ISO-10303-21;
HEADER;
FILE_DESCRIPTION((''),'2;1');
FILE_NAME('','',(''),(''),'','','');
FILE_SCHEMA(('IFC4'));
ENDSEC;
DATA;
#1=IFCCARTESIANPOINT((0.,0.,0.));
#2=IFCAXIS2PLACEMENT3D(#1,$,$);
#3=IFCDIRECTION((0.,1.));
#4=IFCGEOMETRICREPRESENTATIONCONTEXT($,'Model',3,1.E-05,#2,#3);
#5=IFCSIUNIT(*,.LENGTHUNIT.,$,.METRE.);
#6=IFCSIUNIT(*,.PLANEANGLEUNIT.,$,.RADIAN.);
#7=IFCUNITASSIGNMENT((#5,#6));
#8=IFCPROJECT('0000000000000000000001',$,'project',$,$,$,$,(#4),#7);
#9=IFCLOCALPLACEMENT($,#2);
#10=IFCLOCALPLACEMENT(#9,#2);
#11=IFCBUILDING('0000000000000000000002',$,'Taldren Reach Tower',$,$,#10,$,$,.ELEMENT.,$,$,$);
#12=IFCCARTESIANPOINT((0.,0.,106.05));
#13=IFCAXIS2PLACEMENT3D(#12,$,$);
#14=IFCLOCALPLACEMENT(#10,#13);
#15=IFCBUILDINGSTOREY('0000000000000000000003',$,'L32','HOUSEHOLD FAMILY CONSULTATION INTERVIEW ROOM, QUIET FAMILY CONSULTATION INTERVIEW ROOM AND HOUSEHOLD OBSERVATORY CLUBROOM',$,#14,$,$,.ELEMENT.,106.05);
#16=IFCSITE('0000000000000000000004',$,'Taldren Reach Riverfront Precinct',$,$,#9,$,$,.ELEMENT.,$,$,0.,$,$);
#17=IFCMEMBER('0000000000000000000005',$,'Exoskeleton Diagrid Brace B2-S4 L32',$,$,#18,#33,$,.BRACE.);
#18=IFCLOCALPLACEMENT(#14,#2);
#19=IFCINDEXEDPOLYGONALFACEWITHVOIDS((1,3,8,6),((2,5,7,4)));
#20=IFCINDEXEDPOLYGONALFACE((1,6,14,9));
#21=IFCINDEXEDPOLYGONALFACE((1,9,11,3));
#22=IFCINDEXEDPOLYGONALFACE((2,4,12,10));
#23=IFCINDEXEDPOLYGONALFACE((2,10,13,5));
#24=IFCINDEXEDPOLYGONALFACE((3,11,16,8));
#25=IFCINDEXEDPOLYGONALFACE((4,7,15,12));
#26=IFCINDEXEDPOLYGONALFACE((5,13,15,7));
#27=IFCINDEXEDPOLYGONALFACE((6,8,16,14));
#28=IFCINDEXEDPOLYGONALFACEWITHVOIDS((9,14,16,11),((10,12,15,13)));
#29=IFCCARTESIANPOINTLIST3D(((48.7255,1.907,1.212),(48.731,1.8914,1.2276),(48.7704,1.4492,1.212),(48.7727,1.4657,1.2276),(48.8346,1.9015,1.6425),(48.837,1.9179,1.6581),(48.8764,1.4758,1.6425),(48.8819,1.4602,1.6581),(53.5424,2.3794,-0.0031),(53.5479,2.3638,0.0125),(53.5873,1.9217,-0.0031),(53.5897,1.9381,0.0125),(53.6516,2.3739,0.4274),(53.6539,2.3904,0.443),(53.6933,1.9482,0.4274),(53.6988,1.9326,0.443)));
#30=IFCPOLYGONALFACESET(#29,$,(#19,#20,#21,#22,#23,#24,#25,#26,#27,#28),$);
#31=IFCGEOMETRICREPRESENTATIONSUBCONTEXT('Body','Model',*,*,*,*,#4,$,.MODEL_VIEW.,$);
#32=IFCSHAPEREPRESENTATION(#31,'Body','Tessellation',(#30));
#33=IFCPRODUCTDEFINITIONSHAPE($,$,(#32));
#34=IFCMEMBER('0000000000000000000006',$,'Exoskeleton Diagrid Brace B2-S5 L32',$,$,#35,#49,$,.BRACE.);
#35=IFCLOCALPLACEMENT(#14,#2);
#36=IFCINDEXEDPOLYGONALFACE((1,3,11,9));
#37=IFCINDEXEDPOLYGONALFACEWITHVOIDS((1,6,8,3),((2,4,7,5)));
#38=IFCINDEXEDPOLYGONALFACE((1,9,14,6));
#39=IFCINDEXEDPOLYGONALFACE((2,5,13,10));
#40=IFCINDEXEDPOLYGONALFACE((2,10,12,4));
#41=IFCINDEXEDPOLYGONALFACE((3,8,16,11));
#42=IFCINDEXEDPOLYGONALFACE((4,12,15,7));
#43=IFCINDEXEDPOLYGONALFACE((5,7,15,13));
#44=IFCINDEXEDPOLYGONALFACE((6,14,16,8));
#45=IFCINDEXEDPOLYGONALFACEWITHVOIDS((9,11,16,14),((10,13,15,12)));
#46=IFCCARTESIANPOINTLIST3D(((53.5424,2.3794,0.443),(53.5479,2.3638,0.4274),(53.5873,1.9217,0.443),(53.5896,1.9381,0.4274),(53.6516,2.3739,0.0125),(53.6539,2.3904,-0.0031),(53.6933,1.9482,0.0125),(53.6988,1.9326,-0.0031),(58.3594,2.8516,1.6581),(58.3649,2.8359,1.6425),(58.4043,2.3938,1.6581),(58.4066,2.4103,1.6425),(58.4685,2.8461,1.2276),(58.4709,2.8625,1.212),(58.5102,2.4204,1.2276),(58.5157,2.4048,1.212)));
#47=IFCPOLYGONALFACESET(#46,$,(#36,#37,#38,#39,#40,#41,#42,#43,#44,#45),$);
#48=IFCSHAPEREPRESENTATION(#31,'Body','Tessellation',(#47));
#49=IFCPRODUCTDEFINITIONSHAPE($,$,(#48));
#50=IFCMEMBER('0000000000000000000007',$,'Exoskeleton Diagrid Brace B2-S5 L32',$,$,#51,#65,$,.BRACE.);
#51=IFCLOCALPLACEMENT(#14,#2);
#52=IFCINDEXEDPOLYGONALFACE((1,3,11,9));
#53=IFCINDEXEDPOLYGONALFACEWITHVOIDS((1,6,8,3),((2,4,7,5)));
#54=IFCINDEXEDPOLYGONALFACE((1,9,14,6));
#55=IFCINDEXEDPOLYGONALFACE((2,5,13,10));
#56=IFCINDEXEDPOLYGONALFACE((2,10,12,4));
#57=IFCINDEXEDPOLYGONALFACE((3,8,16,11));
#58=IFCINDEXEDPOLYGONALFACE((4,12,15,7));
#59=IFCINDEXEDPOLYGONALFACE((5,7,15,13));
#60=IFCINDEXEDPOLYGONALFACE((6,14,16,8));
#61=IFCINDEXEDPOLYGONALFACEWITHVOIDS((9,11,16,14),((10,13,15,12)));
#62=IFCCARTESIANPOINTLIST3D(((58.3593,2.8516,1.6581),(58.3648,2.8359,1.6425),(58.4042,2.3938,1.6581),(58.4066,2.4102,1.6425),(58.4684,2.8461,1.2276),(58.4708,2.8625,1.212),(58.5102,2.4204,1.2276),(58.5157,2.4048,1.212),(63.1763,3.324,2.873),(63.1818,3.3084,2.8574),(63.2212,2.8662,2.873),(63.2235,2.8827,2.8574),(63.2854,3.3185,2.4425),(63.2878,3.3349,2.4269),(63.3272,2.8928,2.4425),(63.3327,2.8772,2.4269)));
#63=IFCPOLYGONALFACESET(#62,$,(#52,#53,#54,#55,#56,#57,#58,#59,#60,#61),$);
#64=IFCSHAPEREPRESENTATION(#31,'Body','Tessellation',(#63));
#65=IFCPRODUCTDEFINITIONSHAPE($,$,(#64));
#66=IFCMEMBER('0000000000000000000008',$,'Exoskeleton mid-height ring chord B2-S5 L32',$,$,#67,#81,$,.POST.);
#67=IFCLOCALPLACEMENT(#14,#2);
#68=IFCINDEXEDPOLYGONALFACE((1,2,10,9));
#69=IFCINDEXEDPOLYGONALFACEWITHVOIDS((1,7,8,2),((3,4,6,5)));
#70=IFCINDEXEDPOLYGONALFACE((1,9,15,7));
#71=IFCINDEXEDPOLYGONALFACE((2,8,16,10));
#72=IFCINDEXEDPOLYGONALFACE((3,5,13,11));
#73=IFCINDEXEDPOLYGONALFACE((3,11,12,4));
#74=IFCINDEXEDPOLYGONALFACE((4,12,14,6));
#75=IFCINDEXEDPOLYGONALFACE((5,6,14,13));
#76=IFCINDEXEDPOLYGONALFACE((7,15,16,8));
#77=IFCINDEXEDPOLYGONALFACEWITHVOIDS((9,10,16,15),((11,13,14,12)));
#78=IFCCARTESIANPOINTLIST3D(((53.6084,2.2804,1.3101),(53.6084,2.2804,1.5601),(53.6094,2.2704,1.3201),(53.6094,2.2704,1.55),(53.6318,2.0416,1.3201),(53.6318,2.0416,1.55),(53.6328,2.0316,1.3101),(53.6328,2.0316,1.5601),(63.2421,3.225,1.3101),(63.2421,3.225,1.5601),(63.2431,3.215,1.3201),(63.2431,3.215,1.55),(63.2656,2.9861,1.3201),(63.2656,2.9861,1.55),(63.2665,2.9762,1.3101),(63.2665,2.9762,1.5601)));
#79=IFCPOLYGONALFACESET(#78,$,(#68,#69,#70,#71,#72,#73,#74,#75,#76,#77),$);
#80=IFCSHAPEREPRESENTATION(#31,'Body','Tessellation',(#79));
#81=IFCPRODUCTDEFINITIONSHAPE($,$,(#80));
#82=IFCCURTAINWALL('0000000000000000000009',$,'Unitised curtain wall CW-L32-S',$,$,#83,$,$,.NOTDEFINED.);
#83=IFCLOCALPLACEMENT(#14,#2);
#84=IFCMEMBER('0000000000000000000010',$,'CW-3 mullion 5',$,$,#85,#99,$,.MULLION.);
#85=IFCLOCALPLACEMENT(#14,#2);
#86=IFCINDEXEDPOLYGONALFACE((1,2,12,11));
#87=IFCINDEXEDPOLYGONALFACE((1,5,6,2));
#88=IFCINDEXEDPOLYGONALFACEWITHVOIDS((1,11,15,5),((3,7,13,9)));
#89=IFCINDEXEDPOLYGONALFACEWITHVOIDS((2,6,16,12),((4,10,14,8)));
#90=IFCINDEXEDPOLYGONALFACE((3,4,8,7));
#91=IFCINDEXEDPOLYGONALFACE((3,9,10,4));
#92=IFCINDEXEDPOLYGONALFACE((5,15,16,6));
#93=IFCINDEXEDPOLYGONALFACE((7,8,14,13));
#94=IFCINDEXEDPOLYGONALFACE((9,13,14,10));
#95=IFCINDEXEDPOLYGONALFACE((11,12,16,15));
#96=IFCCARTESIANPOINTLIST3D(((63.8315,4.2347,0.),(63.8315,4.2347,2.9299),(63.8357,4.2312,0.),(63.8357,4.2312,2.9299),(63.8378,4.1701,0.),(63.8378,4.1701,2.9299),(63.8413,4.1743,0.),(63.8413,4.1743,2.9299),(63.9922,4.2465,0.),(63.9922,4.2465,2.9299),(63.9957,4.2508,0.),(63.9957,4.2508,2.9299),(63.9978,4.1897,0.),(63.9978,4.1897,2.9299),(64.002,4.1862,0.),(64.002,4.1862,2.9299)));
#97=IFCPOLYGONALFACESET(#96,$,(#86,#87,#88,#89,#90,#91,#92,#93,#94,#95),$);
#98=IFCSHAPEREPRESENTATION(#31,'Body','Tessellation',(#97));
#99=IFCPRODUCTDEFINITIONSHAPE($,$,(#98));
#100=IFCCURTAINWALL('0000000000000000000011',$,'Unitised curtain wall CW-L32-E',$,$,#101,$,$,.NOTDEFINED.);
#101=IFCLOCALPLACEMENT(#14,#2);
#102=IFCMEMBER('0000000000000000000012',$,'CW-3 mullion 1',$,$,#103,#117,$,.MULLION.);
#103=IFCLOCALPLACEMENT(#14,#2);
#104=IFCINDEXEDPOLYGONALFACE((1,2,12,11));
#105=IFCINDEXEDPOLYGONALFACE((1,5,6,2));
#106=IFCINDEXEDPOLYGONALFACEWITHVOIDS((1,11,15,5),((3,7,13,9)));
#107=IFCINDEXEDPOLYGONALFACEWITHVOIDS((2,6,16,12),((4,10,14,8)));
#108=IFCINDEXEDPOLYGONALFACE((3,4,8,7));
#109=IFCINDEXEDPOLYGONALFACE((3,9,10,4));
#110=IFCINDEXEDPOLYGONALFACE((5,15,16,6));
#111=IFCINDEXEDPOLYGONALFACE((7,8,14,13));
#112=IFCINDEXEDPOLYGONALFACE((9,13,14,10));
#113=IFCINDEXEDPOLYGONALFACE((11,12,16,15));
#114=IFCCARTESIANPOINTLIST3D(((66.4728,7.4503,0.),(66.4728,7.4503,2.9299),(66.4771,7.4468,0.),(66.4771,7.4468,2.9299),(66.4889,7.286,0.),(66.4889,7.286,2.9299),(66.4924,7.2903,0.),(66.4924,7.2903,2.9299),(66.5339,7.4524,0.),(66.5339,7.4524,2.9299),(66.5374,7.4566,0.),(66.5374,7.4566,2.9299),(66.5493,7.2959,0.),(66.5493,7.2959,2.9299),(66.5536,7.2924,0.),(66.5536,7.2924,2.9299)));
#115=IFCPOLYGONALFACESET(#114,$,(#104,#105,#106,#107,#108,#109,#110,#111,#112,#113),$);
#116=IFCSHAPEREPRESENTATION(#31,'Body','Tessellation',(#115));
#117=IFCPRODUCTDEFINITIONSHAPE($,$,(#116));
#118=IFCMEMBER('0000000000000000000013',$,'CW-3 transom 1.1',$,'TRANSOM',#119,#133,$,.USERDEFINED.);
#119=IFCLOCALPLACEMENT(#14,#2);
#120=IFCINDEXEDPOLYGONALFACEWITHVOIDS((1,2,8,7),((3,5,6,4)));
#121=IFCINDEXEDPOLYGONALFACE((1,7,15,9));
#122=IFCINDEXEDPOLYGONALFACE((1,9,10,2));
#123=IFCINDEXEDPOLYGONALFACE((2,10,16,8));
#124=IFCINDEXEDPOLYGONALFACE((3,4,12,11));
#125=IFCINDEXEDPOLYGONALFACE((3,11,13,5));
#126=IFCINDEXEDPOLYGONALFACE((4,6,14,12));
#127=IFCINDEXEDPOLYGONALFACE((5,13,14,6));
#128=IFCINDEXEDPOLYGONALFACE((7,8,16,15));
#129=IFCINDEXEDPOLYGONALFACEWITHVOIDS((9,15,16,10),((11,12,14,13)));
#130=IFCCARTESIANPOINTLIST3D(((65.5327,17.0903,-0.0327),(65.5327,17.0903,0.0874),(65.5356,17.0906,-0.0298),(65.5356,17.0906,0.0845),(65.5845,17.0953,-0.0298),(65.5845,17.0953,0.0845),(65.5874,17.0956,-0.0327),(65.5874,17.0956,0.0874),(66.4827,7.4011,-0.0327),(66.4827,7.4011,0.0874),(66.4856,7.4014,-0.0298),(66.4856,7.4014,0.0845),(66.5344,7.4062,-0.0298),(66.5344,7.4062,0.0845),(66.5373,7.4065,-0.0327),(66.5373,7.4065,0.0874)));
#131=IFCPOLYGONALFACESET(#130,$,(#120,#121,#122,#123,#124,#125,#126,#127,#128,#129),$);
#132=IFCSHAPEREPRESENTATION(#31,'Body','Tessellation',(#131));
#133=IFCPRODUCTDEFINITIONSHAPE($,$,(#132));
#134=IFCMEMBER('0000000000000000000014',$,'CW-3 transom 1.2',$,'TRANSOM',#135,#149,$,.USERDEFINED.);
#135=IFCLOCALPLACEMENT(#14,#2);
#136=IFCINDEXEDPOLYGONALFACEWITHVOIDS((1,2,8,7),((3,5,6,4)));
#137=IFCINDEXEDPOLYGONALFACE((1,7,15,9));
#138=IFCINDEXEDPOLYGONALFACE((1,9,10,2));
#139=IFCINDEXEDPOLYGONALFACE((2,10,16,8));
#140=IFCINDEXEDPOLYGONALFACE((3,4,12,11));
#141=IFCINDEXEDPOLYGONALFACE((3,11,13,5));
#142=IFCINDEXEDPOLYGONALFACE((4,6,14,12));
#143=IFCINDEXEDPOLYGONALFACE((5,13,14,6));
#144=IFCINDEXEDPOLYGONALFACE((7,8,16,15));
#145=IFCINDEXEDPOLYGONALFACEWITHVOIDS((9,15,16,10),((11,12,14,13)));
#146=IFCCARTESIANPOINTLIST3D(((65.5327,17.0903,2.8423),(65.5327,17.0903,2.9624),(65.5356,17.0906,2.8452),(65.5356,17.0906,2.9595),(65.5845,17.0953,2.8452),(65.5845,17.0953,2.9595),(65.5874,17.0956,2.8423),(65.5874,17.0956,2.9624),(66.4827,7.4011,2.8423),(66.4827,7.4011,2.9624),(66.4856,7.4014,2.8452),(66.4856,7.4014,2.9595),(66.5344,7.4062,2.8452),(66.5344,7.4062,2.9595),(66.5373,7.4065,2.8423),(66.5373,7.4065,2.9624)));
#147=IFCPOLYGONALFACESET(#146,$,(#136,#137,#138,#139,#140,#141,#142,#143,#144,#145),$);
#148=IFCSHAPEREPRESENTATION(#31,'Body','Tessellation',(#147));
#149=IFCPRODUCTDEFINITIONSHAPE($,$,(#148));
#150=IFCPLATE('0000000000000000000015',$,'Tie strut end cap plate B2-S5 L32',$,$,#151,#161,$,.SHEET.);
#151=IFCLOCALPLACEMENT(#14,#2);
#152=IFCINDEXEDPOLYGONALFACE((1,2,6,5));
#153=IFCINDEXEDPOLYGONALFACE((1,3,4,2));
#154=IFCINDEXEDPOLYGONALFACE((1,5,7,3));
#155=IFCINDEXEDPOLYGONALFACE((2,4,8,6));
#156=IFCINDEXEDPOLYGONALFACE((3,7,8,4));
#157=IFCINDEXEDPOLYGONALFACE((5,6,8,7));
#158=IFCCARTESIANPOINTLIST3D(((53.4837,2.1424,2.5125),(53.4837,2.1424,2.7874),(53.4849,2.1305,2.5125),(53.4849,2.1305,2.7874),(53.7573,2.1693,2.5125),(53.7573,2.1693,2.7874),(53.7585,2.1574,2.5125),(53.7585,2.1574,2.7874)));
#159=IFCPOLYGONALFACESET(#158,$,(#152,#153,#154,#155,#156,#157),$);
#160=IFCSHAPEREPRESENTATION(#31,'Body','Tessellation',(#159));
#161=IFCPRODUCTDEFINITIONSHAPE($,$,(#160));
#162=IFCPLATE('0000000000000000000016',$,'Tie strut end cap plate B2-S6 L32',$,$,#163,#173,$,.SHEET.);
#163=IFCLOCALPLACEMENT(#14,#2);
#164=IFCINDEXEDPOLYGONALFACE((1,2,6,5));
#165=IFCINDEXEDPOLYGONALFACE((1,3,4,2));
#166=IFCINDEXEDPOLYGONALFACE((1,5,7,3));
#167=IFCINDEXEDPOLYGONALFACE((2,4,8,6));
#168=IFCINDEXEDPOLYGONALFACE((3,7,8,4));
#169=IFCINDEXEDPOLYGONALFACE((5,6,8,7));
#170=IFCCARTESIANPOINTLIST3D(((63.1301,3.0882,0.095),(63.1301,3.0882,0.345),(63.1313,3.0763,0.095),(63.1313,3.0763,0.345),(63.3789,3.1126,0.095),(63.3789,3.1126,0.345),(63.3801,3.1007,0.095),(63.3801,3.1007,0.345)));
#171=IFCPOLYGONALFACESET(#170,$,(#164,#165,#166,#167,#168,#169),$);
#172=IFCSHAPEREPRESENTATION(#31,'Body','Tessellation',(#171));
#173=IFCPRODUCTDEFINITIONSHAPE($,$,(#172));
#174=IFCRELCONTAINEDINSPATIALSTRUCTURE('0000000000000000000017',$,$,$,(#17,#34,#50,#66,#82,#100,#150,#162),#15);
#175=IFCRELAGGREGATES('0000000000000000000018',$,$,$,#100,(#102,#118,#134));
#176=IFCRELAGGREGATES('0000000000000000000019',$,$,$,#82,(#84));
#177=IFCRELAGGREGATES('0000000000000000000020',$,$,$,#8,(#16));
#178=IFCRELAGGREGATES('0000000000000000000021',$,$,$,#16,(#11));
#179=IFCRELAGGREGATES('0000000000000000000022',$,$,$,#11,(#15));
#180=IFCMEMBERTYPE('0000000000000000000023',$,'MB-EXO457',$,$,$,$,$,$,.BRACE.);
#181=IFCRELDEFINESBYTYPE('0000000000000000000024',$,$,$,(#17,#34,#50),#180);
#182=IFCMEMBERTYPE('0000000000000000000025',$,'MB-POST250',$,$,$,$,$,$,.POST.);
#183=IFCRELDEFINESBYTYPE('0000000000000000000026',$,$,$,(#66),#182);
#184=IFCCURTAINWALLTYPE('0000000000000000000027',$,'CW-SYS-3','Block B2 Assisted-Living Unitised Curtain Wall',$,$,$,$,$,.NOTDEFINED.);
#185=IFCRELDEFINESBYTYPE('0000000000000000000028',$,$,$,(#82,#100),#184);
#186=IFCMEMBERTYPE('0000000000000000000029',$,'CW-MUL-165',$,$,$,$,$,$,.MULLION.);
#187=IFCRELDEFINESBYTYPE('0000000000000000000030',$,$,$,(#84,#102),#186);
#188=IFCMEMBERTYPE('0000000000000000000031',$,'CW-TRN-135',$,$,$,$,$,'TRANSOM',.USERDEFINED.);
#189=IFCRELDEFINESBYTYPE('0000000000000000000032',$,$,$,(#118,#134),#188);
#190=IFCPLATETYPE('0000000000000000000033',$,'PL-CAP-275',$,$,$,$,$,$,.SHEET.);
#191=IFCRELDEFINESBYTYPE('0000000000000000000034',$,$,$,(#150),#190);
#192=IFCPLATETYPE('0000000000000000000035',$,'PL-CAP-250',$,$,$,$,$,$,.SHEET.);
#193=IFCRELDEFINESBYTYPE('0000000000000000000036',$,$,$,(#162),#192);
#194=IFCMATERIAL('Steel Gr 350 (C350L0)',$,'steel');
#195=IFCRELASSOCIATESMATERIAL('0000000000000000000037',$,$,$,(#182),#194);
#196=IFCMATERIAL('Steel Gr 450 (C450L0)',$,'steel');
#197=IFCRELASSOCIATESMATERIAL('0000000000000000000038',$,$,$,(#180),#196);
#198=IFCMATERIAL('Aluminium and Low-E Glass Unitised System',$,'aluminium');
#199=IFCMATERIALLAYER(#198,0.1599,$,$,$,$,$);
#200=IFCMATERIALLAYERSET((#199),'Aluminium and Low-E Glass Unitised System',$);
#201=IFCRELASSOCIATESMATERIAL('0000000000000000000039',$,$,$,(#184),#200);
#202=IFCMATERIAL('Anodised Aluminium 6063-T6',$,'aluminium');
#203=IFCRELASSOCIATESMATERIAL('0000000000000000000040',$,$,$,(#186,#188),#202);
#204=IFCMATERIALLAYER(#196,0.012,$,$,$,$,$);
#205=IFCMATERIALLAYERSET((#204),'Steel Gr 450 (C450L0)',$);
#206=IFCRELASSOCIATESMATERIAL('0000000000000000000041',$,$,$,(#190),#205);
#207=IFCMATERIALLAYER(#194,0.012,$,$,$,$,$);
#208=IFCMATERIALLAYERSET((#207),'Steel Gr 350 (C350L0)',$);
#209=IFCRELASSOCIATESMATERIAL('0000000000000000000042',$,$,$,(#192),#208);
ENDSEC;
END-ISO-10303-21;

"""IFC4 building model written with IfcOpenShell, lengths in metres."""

from ifc_helpers import new_model, si_unit, direction, frame, origin, origin_2d, place, context, subcontext, project, spatial, rectangle, hollow_rectangle, extrude, source, transform, mapped, material, layer, layer_set, material_profile, profile_set, type_object, element, aggregate, save


model = new_model("IFC4")

# Units and contexts
model_context = context("Model", 3, precision=1e-05, world=origin(), true_north=direction((0.0, 1.0)))
body_context = subcontext(model_context, "Body", "Model", "MODEL_VIEW")
ifc_project = project(units=[si_unit("LENGTHUNIT", "METRE"), si_unit("PLANEANGLEUNIT", "RADIAN")], contexts=[model_context])

# Site, building, storey
site_placement = place(None, origin())
site = spatial("IfcSite", under=ifc_project, at=site_placement, Name="Taldren Reach Riverfront Precinct", CompositionType="ELEMENT", RefElevation=0.0)
building_placement = place(site_placement, origin())
building = spatial("IfcBuilding", under=site, at=building_placement, Name="Taldren Reach Tower", CompositionType="ELEMENT")
storey_placement = place(building_placement, frame((0.0, 0.0, 106.05)))
storey = spatial("IfcBuildingStorey", under=building, at=storey_placement, Name="L32", Description="HOUSEHOLD FAMILY CONSULTATION INTERVIEW ROOM, QUIET FAMILY CONSULTATION INTERVIEW ROOM AND HOUSEHOLD OBSERVATORY CLUBROOM", CompositionType="ELEMENT", Elevation=106.05)

# Shared definitions
ifc_material_1 = material(Name="Steel Gr 450 (C450L0)", Category="steel")
ifc_material_2 = material(Name="Steel Gr 350 (C350L0)", Category="steel")
ifc_material_profile_1 = material_profile(ifc_material_2, hollow_rectangle(XDim=0.25, YDim=0.25, WallThickness=0.01, at=origin_2d()), Name="250x250x10.0SHS")
ifc_profile_set_1 = profile_set([ifc_material_profile_1], Name="Steel Gr 350 (C350L0)")
member_type_1 = type_object("IfcMemberType", Name="MB-POST250", PredefinedType="POST", material=ifc_profile_set_1)

# Members
ifc_material_profile_2 = material_profile(ifc_material_1, hollow_rectangle(XDim=0.46, YDim=0.46, WallThickness=0.0161, at=origin_2d()), Name="460x460x16.0SHS")
ifc_profile_set_2 = profile_set([ifc_material_profile_2], Name="Steel Gr 450 (C450L0)")
member_type_2 = type_object("IfcMemberType", Name="MB-EXO457", PredefinedType="BRACE", material=ifc_profile_set_2)
shared_shape_1 = source(origin(), body_context, "Body", "SweptSolid", [
    extrude(hollow_rectangle(XDim=0.46, YDim=0.46, WallThickness=0.0161, at=origin_2d()), origin(), (0.0, 0.0, 1.0), 4.9902),
])
for number, where, z_axis, x_axis, name in (
    (1, (53.6206, 2.156, 0.22), (-0.965271, -0.094668, 0.243495), (0.097606, -0.995225, 0.0), "Exoskeleton Diagrid Brace B2-S4 L32"),
    (2, (53.6206, 2.156, 0.22), (0.965276, 0.09462, 0.243496), (-0.097556, 0.99523, 0.0), "Exoskeleton Diagrid Brace B2-S5 L32"),
    (3, (58.4375, 2.6282, 1.4351), (0.965283, 0.094669, 0.243449), (-0.097606, 0.995225, 0.0), "Exoskeleton Diagrid Brace B2-S5 L32"),
):
    element("IfcMember", number, at=place(storey_placement, frame(where, z_axis=z_axis, x_axis=x_axis)), inside=storey, type_object=member_type_2, Name=name, PredefinedType="BRACE", context=body_context, shape_type="MappedRepresentation", body=[
        mapped(shared_shape_1, transform((0.0, 0.0, 0.0), scale=1.0)),
    ])
shared_shape_2 = source(origin(), body_context, "Body", "SweptSolid", [
    extrude(hollow_rectangle(XDim=0.25, YDim=0.25, WallThickness=0.01, at=origin_2d()), origin(), (0.0, 0.0, 1.0), 9.6799),
])
member_1_placement = place(storey_placement, frame((53.6206, 2.156, 1.4351), z_axis=(0.995228, 0.097581, 0.0), x_axis=(-0.097581, 0.995228, 0.0)))
element("IfcMember", 4, at=member_1_placement, inside=storey, type_object=member_type_1, Name="Exoskeleton mid-height ring chord B2-S5 L32", PredefinedType="POST", context=body_context, shape_type="MappedRepresentation", body=[
    mapped(shared_shape_2, transform((0.0, 0.0, 0.0), scale=1.0)),
])

# Curtain wall, member
ifc_material_3 = material(Name="Aluminium and Low-E Glass Unitised System", Category="aluminium")
ifc_layer_1 = layer(ifc_material_3, 0.1599)
ifc_layer_set_1 = layer_set([ifc_layer_1], Name="Aluminium and Low-E Glass Unitised System")
curtain_wall_type = type_object("IfcCurtainWallType", Name="CW-SYS-3", Description="Block B2 Assisted-Living Unitised Curtain Wall", PredefinedType="NOTDEFINED", material=ifc_layer_set_1)
curtain_wall_1_placement = place(storey_placement, origin())
curtain_wall_1 = element("IfcCurtainWall", 5, at=curtain_wall_1_placement, inside=storey, type_object=curtain_wall_type, Name="Unitised curtain wall CW-L32-S", PredefinedType="NOTDEFINED")
ifc_material_4 = material(Name="Anodised Aluminium 6063-T6", Category="aluminium")
ifc_material_profile_3 = material_profile(ifc_material_4, hollow_rectangle(XDim=0.0649, YDim=0.165, WallThickness=0.0039, at=origin_2d()), Name="ALU-165x65x4RHS")
ifc_profile_set_3 = profile_set([ifc_material_profile_3], Name="Anodised Aluminium 6063-T6")
member_type_3 = type_object("IfcMemberType", Name="CW-MUL-165", PredefinedType="MULLION", material=ifc_profile_set_3)
shared_shape_3 = source(origin(), body_context, "Body", "SweptSolid", [
    extrude(hollow_rectangle(XDim=0.0649, YDim=0.165, WallThickness=0.0039, at=origin_2d()), origin(), (0.0, 0.0, 1.0), 2.9299),
])
member_2_placement = place(storey_placement, frame((63.9167, 4.2104, 0.0), z_axis=(0.0, 0.0, 1.0), x_axis=(-0.097583, 0.995227, 0.0)))
member_2 = element("IfcMember", 6, at=member_2_placement, type_object=member_type_3, Name="CW-3 mullion 5", PredefinedType="MULLION", context=body_context, shape_type="MappedRepresentation", body=[
    mapped(shared_shape_3, transform((0.0, 0.0, 0.0), scale=1.0)),
])

# Curtain wall, members
curtain_wall_2_placement = place(storey_placement, origin())
curtain_wall_2 = element("IfcCurtainWall", 7, at=curtain_wall_2_placement, inside=storey, type_object=curtain_wall_type, Name="Unitised curtain wall CW-L32-E", PredefinedType="NOTDEFINED")
member_3_placement = place(storey_placement, frame((66.5132, 7.3713, 0.0), z_axis=(0.0, 0.0, 1.0), x_axis=(-0.995227, -0.097583, 0.0)))
member_3 = element("IfcMember", 8, at=member_3_placement, type_object=member_type_3, Name="CW-3 mullion 1", PredefinedType="MULLION", context=body_context, shape_type="MappedRepresentation", body=[
    mapped(shared_shape_3, transform((0.0, 0.0, 0.0), scale=1.0)),
])
ifc_material_profile_4 = material_profile(ifc_material_4, hollow_rectangle(XDim=0.0549, YDim=0.1201, WallThickness=0.0029, at=origin_2d()), Name="ALU-120x55x3RHS")
ifc_profile_set_4 = profile_set([ifc_material_profile_4], Name="Anodised Aluminium 6063-T6")
member_type_4 = type_object("IfcMemberType", Name="CW-TRN-135", ElementType="TRANSOM", PredefinedType="USERDEFINED", material=ifc_profile_set_4)
shared_shape_4 = source(origin(), body_context, "Body", "SweptSolid", [
    extrude(hollow_rectangle(XDim=0.0549, YDim=0.1201, WallThickness=0.0029, at=origin_2d()), origin(), (0.0, 0.0, 1.0), 9.7356),
])
member_4_placement = place(storey_placement, frame((66.51, 7.4038, 0.0273), z_axis=(-0.097574, 0.995228, 0.0), x_axis=(-0.995228, -0.097574, 0.0)))
member_4 = element("IfcMember", 9, at=member_4_placement, type_object=member_type_4, Name="CW-3 transom 1.1", ObjectType="TRANSOM", PredefinedType="USERDEFINED", context=body_context, shape_type="MappedRepresentation", body=[
    mapped(shared_shape_4, transform((0.0, 0.0, 0.0), scale=1.0)),
])
member_5_placement = place(storey_placement, frame((66.51, 7.4038, 2.9023), z_axis=(-0.097574, 0.995228, 0.0), x_axis=(-0.995228, -0.097574, 0.0)))
member_5 = element("IfcMember", 10, at=member_5_placement, type_object=member_type_4, Name="CW-3 transom 1.2", ObjectType="TRANSOM", PredefinedType="USERDEFINED", context=body_context, shape_type="MappedRepresentation", body=[
    mapped(shared_shape_4, transform((0.0, 0.0, 0.0), scale=1.0)),
])
aggregate(curtain_wall_2, [member_3, member_4, member_5])

# Plates
ifc_layer_2 = layer(ifc_material_1, 0.012)
ifc_layer_set_2 = layer_set([ifc_layer_2], Name="Steel Gr 450 (C450L0)")
plate_type_1 = type_object("IfcPlateType", Name="PL-CAP-275", PredefinedType="SHEET", material=ifc_layer_set_2)
shared_shape_5 = source(origin(), body_context, "Body", "SweptSolid", [
    extrude(rectangle(XDim=0.2749, YDim=0.012, at=origin_2d()), origin(), (0.0, 0.0, 1.0), 0.2749),
])
plate_1_placement = place(storey_placement, frame((53.6211, 2.1499, 2.5125), z_axis=(0.0, 0.0, 1.0), x_axis=(0.995227, 0.097583, 0.0)))
element("IfcPlate", 11, at=plate_1_placement, inside=storey, type_object=plate_type_1, Name="Tie strut end cap plate B2-S5 L32", PredefinedType="SHEET", context=body_context, shape_type="MappedRepresentation", body=[
    mapped(shared_shape_5, transform((0.0, 0.0, 0.0), scale=1.0)),
])
ifc_layer_3 = layer(ifc_material_2, 0.012)
ifc_layer_set_3 = layer_set([ifc_layer_3], Name="Steel Gr 350 (C350L0)")
plate_type_2 = type_object("IfcPlateType", Name="PL-CAP-250", PredefinedType="SHEET", material=ifc_layer_set_3)
shared_shape_6 = source(origin(), body_context, "Body", "SweptSolid", [
    extrude(rectangle(XDim=0.25, YDim=0.012, at=origin_2d()), origin(), (0.0, 0.0, 1.0), 0.25),
])
plate_2_placement = place(storey_placement, frame((63.2551, 3.0945, 0.095), z_axis=(0.0, 0.0, 1.0), x_axis=(0.995227, 0.097583, 0.0)))
element("IfcPlate", 12, at=plate_2_placement, inside=storey, type_object=plate_type_2, Name="Tie strut end cap plate B2-S6 L32", PredefinedType="SHEET", context=body_context, shape_type="MappedRepresentation", body=[
    mapped(shared_shape_6, transform((0.0, 0.0, 0.0), scale=1.0)),
])

aggregate(curtain_wall_1, [member_2])

save(model, "model.ifc")
